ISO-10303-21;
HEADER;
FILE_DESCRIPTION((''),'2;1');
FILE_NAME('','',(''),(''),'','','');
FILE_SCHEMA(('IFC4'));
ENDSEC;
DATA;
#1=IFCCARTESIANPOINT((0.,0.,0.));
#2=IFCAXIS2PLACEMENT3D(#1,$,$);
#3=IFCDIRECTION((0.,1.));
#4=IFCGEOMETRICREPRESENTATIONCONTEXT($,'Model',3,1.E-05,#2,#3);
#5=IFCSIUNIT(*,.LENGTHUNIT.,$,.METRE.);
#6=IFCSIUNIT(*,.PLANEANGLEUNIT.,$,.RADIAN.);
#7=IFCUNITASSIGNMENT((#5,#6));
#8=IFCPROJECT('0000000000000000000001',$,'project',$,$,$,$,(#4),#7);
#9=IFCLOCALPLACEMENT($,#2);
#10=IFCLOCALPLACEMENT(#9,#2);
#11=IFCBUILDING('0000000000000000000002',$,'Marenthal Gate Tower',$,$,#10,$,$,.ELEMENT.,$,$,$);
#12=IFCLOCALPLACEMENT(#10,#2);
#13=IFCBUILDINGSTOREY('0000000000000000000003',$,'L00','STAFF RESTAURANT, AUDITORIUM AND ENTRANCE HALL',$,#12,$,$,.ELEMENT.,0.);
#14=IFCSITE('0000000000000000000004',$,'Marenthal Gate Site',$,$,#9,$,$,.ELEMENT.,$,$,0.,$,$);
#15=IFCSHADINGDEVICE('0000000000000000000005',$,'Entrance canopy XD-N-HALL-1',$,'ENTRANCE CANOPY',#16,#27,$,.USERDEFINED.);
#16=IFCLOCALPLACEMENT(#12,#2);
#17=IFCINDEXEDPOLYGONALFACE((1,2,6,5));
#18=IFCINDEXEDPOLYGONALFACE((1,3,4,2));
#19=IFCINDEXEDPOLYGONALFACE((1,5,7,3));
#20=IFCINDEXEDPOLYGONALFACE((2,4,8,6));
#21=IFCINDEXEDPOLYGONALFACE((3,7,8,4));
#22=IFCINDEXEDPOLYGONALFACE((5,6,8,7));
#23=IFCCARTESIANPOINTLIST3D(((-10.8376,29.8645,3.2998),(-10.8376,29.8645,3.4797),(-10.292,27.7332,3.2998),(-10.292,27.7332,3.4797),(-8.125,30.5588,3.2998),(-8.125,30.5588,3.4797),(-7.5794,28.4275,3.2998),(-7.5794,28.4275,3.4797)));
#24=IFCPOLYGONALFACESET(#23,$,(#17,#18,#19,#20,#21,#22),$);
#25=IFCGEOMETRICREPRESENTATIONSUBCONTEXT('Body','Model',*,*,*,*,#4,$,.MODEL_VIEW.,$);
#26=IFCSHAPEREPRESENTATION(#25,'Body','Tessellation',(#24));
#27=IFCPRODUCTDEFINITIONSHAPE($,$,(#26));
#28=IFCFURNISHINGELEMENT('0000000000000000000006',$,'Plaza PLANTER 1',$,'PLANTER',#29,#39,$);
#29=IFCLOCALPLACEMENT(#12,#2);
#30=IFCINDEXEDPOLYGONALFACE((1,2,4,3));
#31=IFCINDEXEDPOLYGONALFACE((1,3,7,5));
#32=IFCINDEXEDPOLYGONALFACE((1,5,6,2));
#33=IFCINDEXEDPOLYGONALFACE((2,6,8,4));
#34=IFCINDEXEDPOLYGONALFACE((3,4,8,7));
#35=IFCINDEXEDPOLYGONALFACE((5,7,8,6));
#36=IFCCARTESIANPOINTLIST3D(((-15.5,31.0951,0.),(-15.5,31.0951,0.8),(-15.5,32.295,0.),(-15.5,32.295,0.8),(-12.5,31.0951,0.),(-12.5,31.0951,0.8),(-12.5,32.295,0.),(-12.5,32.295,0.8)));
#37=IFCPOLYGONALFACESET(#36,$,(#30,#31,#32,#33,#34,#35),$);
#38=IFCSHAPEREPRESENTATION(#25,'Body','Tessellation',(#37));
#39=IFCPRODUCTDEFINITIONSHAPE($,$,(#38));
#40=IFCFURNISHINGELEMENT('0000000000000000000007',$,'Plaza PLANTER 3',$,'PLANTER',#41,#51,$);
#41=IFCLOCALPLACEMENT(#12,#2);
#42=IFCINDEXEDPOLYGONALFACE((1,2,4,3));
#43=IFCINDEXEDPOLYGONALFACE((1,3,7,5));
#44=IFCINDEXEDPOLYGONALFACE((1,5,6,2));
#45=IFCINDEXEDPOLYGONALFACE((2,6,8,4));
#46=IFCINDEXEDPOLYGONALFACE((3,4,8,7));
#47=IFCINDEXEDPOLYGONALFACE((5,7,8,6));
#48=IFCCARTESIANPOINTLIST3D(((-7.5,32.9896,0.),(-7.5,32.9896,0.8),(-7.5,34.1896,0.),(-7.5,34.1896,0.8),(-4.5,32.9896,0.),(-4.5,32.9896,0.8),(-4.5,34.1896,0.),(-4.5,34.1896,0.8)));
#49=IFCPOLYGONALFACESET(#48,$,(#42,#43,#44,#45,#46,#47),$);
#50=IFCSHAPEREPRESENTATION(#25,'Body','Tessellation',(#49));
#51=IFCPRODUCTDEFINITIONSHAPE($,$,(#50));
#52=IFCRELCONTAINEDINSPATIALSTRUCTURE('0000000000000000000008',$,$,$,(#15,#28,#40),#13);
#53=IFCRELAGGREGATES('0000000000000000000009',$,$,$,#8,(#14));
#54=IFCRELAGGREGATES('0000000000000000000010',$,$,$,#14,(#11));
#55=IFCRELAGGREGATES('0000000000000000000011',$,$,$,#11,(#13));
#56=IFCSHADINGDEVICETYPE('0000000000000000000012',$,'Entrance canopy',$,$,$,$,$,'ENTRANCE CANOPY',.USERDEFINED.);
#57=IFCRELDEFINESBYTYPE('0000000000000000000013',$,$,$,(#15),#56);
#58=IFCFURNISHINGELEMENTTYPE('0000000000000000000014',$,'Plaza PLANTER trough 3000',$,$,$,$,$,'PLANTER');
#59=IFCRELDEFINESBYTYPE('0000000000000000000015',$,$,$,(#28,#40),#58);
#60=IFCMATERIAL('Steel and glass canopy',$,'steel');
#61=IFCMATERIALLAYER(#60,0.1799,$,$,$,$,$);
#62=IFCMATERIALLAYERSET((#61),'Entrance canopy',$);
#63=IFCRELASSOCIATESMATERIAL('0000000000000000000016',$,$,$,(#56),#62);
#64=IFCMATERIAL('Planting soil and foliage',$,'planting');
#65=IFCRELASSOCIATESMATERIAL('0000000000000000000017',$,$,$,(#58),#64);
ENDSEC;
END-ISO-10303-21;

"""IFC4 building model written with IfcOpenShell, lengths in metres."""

from ifc_helpers import new_model, si_unit, direction, frame, origin, origin_2d, place, context, subcontext, project, spatial, rectangle, extrude, material, layer, layer_set, type_object, element, save


model = new_model("IFC4")

# Units and contexts
model_context = context("Model", 3, precision=1e-05, world=origin(), true_north=direction((0.0, 1.0)))
body_context = subcontext(model_context, "Body", "Model", "MODEL_VIEW")
ifc_project = project(units=[si_unit("LENGTHUNIT", "METRE"), si_unit("PLANEANGLEUNIT", "RADIAN")], contexts=[model_context])

# Site, building, storey
site_placement = place(None, origin())
site = spatial("IfcSite", under=ifc_project, at=site_placement, Name="Marenthal Gate Site", CompositionType="ELEMENT", RefElevation=0.0)
building_placement = place(site_placement, origin())
building = spatial("IfcBuilding", under=site, at=building_placement, Name="Marenthal Gate Tower", CompositionType="ELEMENT")
storey_placement = place(building_placement, origin())
storey = spatial("IfcBuildingStorey", under=building, at=storey_placement, Name="L00", Description="STAFF RESTAURANT, AUDITORIUM AND ENTRANCE HALL", CompositionType="ELEMENT", Elevation=0.0)

# Shading device
ifc_material_1 = material(Name="Steel and glass canopy", Category="steel")
ifc_layer_1 = layer(ifc_material_1, 0.1799)
ifc_layer_set_1 = layer_set([ifc_layer_1], Name="Entrance canopy")
shading_device_type = type_object("IfcShadingDeviceType", Name="Entrance canopy", ElementType="ENTRANCE CANOPY", PredefinedType="USERDEFINED", material=ifc_layer_set_1)
shading_device_placement = place(storey_placement, frame((-9.2085, 29.146, 3.2998), z_axis=(0.0, 0.0, 1.0), x_axis=(0.968769, 0.247965, 0.0)))
element("IfcShadingDevice", 1, at=shading_device_placement, inside=storey, type_object=shading_device_type, Name="Entrance canopy XD-N-HALL-1", ObjectType="ENTRANCE CANOPY", PredefinedType="USERDEFINED", context=body_context, shape_type="SweptSolid", body=[
    extrude(rectangle(XDim=2.8, YDim=2.2, at=origin_2d()), origin(), (0.0, 0.0, 1.0), 0.1799),
])

# Furnishing elements
ifc_material_2 = material(Name="Planting soil and foliage", Category="planting")
furnishing_element_type = type_object("IfcFurnishingElementType", Name="Plaza PLANTER trough 3000", ElementType="PLANTER", material=ifc_material_2)
for number, where, z_axis, x_axis, name in (
    (2, (-14.0, 31.6951, 0.0), (0.0, 0.0, 1.0), (1.0, 0.0, 0.0), "Plaza PLANTER 1"),
    (3, (-6.0, 33.5896, 0.0), (0.0, 0.0, 1.0), (1.0, 0.0, 0.0), "Plaza PLANTER 3"),
):
    element("IfcFurnishingElement", number, at=place(storey_placement, frame(where, z_axis=z_axis, x_axis=x_axis)), inside=storey, type_object=furnishing_element_type, Name=name, ObjectType="PLANTER", context=body_context, shape_type="SweptSolid", body=[
        extrude(rectangle(XDim=3.0, YDim=1.2, at=origin_2d()), origin(), (0.0, 0.0, 1.0), 0.8),
    ])

save(model, "model.ifc")
